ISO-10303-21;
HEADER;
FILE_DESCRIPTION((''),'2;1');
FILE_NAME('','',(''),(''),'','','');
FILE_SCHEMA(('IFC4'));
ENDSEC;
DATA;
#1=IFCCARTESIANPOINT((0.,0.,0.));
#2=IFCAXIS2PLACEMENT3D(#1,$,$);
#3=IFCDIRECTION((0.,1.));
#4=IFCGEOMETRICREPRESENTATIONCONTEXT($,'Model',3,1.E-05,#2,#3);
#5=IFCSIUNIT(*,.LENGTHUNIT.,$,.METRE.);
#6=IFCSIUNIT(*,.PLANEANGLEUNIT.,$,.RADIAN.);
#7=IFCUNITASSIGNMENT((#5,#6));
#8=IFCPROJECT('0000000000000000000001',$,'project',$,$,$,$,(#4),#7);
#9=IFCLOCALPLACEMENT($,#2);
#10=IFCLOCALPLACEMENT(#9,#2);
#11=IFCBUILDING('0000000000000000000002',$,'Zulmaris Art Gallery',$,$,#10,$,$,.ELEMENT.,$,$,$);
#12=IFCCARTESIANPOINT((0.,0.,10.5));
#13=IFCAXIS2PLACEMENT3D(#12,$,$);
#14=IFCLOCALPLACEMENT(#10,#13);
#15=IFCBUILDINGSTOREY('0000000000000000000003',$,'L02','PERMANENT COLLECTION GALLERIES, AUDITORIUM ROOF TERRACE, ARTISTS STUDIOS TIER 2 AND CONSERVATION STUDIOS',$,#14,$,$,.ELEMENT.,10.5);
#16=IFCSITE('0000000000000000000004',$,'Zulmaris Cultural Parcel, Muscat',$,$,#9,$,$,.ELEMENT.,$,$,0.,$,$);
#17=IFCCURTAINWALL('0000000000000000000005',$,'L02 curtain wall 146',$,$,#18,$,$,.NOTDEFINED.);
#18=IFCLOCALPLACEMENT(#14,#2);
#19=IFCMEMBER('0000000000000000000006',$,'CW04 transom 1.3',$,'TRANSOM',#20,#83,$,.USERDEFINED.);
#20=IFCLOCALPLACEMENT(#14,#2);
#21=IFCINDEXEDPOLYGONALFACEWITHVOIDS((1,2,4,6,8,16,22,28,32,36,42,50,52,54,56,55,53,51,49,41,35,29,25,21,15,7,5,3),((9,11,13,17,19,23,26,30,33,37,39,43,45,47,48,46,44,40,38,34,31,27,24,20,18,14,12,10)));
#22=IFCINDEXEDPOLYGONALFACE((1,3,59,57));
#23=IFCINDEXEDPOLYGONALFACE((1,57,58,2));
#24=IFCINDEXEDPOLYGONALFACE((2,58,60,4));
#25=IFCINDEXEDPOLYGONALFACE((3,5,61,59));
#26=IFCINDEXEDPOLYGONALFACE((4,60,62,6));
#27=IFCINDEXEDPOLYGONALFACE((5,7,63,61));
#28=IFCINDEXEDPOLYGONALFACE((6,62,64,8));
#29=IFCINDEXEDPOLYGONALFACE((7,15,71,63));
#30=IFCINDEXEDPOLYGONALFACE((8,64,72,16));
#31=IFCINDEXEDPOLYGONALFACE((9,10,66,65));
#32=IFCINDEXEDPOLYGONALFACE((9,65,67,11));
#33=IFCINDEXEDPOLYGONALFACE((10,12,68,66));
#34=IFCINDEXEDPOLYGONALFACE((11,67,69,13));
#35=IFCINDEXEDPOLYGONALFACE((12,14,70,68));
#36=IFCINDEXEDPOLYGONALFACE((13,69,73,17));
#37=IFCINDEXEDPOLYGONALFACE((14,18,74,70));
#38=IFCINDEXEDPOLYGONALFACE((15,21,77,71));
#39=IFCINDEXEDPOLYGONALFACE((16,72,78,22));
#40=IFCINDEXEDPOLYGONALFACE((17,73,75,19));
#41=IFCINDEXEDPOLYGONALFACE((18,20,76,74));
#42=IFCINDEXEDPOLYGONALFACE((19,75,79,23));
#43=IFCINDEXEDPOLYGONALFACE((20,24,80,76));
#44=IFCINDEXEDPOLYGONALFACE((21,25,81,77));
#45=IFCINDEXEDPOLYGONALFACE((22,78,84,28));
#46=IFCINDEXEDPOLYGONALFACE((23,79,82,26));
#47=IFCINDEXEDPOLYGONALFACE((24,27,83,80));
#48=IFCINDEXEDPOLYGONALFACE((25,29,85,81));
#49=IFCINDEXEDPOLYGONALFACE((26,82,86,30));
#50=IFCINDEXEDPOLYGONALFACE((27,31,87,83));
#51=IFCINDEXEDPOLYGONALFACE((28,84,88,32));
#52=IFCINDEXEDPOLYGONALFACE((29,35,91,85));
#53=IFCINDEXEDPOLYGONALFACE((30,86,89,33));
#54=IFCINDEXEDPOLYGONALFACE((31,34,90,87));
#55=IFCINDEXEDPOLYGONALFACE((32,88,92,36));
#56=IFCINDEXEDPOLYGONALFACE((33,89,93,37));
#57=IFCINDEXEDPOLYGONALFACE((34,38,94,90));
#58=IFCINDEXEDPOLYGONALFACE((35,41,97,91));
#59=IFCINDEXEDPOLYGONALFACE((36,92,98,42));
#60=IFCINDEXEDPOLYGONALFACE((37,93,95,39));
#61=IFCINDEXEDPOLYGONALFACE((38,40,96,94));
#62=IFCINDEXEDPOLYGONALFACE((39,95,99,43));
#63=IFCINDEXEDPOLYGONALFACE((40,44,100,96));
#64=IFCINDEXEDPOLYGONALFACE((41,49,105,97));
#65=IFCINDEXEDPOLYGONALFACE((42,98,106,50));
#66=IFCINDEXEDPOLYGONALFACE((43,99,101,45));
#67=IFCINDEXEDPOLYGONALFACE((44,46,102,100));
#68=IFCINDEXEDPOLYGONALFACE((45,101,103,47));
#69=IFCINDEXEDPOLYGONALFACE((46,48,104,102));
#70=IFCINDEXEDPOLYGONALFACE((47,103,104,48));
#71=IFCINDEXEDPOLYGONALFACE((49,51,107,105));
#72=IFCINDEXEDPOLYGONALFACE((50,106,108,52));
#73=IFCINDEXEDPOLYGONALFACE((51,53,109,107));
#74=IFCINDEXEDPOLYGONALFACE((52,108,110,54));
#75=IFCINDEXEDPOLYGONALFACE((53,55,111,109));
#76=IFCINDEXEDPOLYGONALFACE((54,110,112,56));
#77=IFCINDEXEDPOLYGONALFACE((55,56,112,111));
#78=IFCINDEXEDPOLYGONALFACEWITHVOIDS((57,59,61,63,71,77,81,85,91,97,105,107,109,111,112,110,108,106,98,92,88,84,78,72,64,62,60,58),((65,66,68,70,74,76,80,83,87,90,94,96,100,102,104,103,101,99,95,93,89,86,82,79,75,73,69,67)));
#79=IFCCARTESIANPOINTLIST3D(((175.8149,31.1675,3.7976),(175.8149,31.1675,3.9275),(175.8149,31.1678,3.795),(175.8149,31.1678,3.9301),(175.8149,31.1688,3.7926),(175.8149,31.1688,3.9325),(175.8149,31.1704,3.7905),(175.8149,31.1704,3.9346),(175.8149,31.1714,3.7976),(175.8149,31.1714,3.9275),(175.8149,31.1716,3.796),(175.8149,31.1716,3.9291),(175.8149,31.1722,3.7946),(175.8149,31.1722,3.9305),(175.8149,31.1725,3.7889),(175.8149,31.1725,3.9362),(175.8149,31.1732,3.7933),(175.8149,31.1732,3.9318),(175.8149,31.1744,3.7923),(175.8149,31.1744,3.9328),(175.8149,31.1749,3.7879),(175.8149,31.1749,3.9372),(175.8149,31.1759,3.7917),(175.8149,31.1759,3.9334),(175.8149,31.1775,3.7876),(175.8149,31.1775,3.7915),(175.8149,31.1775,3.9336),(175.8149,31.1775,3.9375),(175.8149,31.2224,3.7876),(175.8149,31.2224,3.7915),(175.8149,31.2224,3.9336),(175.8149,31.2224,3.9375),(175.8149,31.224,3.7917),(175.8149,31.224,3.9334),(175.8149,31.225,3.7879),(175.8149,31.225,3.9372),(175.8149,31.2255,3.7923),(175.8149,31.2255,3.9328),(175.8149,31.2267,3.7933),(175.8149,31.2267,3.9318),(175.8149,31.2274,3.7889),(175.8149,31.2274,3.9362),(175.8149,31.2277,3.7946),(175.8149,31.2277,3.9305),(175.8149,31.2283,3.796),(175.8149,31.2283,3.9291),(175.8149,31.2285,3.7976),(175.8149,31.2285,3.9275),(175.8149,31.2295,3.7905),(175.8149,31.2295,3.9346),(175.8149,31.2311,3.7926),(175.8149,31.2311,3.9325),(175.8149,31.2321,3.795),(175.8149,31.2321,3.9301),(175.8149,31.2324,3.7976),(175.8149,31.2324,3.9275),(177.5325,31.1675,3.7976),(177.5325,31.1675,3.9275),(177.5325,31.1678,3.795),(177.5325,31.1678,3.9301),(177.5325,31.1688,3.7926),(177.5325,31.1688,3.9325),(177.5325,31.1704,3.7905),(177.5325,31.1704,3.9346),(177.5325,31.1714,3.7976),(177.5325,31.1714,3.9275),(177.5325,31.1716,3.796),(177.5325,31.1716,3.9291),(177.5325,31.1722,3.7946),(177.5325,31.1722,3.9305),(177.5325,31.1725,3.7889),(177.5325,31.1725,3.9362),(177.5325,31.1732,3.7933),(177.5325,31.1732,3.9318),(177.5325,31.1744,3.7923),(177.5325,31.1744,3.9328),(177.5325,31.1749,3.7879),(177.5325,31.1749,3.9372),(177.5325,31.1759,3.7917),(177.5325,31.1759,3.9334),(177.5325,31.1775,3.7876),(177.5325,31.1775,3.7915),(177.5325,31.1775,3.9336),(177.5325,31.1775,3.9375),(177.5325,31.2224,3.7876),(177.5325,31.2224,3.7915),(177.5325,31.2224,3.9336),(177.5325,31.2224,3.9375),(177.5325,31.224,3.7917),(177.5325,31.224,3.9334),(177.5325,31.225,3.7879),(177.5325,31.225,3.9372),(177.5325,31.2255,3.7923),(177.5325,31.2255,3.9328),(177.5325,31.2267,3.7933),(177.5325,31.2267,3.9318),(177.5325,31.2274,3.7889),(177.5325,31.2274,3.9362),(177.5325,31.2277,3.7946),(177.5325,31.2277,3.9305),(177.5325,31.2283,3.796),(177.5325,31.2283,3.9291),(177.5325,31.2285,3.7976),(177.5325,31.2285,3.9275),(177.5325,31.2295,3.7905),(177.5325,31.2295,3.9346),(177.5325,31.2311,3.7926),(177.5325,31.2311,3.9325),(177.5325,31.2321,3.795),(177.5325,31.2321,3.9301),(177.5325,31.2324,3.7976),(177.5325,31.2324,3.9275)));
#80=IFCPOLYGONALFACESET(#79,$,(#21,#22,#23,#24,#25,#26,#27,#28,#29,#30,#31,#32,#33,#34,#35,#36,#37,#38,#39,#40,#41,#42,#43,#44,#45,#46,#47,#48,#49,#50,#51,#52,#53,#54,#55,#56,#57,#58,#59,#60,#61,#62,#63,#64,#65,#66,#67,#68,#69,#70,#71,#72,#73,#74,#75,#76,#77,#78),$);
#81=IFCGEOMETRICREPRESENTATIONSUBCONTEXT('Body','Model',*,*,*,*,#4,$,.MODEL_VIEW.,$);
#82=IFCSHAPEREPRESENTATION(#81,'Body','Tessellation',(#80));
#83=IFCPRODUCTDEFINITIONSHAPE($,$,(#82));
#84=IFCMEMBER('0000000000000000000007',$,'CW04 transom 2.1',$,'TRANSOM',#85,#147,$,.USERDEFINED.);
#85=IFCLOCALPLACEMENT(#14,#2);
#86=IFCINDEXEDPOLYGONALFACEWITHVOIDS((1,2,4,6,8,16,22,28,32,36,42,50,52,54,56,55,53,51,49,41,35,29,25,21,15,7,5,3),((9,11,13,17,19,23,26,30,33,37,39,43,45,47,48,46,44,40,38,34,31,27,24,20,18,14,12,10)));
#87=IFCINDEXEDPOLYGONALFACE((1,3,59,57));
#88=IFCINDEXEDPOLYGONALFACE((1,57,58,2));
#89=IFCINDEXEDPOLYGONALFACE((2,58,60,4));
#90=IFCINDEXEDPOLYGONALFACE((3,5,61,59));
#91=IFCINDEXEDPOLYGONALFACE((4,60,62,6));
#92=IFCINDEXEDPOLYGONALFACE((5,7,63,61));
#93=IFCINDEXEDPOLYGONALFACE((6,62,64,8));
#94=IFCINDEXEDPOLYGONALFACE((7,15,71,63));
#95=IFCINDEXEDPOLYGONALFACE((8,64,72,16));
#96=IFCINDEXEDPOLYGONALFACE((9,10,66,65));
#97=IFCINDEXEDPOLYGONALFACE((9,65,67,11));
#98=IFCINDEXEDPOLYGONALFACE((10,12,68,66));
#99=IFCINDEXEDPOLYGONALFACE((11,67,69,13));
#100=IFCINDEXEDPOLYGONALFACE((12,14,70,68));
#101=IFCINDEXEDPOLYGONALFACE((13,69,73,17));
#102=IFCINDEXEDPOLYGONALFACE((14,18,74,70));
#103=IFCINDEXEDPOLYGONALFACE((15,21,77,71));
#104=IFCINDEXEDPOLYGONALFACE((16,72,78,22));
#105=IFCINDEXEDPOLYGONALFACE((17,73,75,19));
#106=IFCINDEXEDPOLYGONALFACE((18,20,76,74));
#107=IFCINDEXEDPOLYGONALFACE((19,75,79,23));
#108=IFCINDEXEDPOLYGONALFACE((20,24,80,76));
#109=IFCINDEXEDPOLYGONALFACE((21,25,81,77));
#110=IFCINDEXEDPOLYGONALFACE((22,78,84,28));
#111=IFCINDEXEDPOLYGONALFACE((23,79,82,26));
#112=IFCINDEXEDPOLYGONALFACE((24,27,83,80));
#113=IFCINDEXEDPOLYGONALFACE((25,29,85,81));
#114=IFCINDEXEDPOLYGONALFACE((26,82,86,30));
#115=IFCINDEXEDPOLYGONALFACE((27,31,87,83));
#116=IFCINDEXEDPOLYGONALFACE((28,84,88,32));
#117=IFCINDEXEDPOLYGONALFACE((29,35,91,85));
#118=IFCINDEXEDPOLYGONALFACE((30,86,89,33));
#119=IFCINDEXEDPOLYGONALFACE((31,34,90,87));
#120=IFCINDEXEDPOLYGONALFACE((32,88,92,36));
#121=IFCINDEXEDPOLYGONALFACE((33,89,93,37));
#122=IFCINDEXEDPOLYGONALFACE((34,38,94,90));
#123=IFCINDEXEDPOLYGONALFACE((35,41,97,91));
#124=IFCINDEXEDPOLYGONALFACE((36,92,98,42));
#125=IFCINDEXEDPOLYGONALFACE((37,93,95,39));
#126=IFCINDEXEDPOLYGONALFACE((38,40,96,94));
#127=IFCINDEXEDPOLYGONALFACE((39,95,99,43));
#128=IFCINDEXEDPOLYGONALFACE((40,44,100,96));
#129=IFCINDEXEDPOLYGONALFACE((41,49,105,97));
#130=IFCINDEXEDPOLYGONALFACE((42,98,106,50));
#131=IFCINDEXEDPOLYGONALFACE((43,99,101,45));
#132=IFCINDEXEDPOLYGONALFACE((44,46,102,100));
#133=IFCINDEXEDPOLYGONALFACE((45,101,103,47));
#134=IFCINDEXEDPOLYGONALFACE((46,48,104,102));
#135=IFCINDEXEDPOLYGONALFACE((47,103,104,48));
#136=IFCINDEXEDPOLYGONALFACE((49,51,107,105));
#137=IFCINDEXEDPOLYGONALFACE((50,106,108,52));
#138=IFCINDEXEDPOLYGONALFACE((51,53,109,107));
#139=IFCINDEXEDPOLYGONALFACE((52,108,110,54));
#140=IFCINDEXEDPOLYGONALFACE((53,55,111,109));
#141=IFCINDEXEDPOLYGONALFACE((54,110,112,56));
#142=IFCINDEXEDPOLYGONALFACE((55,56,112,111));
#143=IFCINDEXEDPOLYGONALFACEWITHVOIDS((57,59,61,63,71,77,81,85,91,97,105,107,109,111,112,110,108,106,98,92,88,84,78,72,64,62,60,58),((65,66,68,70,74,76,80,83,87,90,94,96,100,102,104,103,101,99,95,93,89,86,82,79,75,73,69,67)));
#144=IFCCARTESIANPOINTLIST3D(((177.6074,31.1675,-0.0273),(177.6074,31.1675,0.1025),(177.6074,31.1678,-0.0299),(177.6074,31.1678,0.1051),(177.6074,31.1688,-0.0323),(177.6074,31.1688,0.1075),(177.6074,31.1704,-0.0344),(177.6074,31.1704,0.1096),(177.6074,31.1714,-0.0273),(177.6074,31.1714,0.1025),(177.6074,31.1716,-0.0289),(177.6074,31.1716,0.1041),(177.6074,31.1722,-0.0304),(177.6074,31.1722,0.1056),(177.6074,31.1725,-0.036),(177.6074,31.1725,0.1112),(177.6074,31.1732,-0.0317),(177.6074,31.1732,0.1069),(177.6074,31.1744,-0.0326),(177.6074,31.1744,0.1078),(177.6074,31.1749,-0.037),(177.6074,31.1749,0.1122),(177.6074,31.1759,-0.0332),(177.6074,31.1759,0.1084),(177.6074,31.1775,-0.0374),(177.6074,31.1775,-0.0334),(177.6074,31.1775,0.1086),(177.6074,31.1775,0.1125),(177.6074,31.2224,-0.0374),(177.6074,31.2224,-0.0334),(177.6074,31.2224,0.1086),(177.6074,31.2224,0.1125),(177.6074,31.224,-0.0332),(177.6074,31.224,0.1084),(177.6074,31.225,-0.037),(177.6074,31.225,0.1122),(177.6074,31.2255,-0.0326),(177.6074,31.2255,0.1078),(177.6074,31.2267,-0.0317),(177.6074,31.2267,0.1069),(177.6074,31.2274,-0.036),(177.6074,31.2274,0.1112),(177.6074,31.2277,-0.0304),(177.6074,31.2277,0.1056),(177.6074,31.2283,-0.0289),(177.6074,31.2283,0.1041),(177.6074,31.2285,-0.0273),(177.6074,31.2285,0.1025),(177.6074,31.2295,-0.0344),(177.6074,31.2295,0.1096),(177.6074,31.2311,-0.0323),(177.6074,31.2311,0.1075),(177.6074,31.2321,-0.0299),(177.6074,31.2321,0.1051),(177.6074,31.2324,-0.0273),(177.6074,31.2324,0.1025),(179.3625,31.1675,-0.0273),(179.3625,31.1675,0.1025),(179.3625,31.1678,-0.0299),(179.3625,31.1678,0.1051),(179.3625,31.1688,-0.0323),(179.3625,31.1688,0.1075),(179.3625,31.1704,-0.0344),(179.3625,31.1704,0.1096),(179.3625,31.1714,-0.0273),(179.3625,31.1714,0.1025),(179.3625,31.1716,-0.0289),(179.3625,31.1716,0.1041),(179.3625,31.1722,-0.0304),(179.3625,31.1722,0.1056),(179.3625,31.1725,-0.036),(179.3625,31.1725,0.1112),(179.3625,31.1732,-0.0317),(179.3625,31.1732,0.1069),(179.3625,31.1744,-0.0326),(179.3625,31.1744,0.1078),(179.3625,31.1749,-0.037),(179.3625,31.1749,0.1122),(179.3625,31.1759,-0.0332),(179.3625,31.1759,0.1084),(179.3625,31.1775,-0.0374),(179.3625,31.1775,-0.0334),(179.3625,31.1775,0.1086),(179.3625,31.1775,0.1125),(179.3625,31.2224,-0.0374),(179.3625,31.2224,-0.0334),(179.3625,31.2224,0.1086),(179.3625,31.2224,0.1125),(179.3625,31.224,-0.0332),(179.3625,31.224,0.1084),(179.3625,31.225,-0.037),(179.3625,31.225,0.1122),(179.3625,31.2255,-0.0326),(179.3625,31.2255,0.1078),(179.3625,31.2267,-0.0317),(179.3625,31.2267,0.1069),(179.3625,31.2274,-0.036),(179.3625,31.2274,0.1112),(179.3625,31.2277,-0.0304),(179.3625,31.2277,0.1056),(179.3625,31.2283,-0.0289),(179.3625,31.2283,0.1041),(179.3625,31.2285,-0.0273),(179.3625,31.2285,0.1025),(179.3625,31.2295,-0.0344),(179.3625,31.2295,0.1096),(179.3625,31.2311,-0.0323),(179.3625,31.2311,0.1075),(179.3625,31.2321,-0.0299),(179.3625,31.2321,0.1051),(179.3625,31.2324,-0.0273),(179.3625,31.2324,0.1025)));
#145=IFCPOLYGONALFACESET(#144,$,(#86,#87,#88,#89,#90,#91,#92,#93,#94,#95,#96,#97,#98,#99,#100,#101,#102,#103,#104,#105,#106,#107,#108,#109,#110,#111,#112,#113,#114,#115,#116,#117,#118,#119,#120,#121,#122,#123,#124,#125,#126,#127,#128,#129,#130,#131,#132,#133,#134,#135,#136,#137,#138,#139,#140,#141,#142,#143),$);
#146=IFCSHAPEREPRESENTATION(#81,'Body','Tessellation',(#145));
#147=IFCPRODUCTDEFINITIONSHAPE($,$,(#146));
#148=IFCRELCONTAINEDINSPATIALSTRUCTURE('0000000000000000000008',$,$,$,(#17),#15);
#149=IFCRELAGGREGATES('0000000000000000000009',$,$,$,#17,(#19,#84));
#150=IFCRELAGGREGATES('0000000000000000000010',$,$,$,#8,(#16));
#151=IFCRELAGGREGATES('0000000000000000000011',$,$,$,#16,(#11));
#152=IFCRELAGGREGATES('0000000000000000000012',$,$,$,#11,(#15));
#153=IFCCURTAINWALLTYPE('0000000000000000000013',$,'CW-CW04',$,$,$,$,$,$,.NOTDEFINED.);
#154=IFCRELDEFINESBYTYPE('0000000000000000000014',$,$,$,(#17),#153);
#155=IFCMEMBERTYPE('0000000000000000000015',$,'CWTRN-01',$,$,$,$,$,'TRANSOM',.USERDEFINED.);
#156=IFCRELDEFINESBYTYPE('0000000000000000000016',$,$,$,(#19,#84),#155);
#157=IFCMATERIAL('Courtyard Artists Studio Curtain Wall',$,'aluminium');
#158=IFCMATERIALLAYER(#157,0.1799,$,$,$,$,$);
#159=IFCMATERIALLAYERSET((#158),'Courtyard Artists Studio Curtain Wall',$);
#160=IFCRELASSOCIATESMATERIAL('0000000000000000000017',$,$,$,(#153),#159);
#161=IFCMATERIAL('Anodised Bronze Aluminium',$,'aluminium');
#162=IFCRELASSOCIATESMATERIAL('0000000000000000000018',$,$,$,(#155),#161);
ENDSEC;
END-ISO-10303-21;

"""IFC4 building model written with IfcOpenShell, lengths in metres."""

from ifc_helpers import new_model, si_unit, direction, frame, origin, origin_2d, place, context, subcontext, project, spatial, hollow_rectangle, extrude, material, layer, layer_set, material_profile, profile_set, type_object, element, aggregate, save


model = new_model("IFC4")

# Units and contexts
model_context = context("Model", 3, precision=1e-05, world=origin(), true_north=direction((0.0, 1.0)))
body_context = subcontext(model_context, "Body", "Model", "MODEL_VIEW")
ifc_project = project(units=[si_unit("LENGTHUNIT", "METRE"), si_unit("PLANEANGLEUNIT", "RADIAN")], contexts=[model_context])

# Site, building, storey
site_placement = place(None, origin())
site = spatial("IfcSite", under=ifc_project, at=site_placement, Name="Zulmaris Cultural Parcel, Muscat", CompositionType="ELEMENT", RefElevation=0.0)
building_placement = place(site_placement, origin())
building = spatial("IfcBuilding", under=site, at=building_placement, Name="Zulmaris Art Gallery", CompositionType="ELEMENT")
storey_placement = place(building_placement, frame((0.0, 0.0, 10.5)))
storey = spatial("IfcBuildingStorey", under=building, at=storey_placement, Name="L02", Description="PERMANENT COLLECTION GALLERIES, AUDITORIUM ROOF TERRACE, ARTISTS STUDIOS TIER 2 AND CONSERVATION STUDIOS", CompositionType="ELEMENT", Elevation=10.5)

# Curtain wall
ifc_material_1 = material(Name="Courtyard Artists Studio Curtain Wall", Category="aluminium")
ifc_layer_1 = layer(ifc_material_1, 0.1799)
ifc_layer_set_1 = layer_set([ifc_layer_1], Name="Courtyard Artists Studio Curtain Wall")
curtain_wall_type = type_object("IfcCurtainWallType", Name="CW-CW04", PredefinedType="NOTDEFINED", material=ifc_layer_set_1)
ifc_material_2 = material(Name="Anodised Bronze Aluminium", Category="aluminium")
curtain_wall_1_placement = place(storey_placement, origin())
curtain_wall_1 = element("IfcCurtainWall", 1, at=curtain_wall_1_placement, inside=storey, type_object=curtain_wall_type, Name="L02 curtain wall 146", PredefinedType="NOTDEFINED")

# Members
ifc_material_profile_1 = material_profile(ifc_material_2, hollow_rectangle(XDim=0.0649, YDim=0.1499, WallThickness=0.0039, InnerFilletRadius=0.0061, OuterFilletRadius=0.01, at=origin_2d()), Name="ALU 65x150x4")
ifc_profile_set_1 = profile_set([ifc_material_profile_1], Name="Anodised Bronze Aluminium")
member_type_1 = type_object("IfcMemberType", Name="CWTRN-01", ElementType="TRANSOM", PredefinedType="USERDEFINED", material=ifc_profile_set_1)
member_1_placement = place(storey_placement, frame((175.8149, 31.2, 3.8625), z_axis=(1.0, 0.0, 0.0), x_axis=(0.0, 1.0, 0.0)))
member_1 = element("IfcMember", 2, at=member_1_placement, type_object=member_type_1, Name="CW04 transom 1.3", ObjectType="TRANSOM", PredefinedType="USERDEFINED", context=body_context, shape_type="SweptSolid", body=[
    extrude(hollow_rectangle(XDim=0.0649, YDim=0.1499, WallThickness=0.0039, InnerFilletRadius=0.0061, OuterFilletRadius=0.01, at=origin_2d()), origin(), (0.0, 0.0, 1.0), 1.7175),
])
member_2_placement = place(storey_placement, frame((177.6074, 31.2, 0.0376), z_axis=(1.0, 0.0, 0.0), x_axis=(0.0, 1.0, 0.0)))
member_2 = element("IfcMember", 3, at=member_2_placement, type_object=member_type_1, Name="CW04 transom 2.1", ObjectType="TRANSOM", PredefinedType="USERDEFINED", context=body_context, shape_type="SweptSolid", body=[
    extrude(hollow_rectangle(XDim=0.0649, YDim=0.1499, WallThickness=0.0039, InnerFilletRadius=0.0061, OuterFilletRadius=0.01, at=origin_2d()), origin(), (0.0, 0.0, 1.0), 1.7551),
])

aggregate(curtain_wall_1, [member_1, member_2])

save(model, "model.ifc")
